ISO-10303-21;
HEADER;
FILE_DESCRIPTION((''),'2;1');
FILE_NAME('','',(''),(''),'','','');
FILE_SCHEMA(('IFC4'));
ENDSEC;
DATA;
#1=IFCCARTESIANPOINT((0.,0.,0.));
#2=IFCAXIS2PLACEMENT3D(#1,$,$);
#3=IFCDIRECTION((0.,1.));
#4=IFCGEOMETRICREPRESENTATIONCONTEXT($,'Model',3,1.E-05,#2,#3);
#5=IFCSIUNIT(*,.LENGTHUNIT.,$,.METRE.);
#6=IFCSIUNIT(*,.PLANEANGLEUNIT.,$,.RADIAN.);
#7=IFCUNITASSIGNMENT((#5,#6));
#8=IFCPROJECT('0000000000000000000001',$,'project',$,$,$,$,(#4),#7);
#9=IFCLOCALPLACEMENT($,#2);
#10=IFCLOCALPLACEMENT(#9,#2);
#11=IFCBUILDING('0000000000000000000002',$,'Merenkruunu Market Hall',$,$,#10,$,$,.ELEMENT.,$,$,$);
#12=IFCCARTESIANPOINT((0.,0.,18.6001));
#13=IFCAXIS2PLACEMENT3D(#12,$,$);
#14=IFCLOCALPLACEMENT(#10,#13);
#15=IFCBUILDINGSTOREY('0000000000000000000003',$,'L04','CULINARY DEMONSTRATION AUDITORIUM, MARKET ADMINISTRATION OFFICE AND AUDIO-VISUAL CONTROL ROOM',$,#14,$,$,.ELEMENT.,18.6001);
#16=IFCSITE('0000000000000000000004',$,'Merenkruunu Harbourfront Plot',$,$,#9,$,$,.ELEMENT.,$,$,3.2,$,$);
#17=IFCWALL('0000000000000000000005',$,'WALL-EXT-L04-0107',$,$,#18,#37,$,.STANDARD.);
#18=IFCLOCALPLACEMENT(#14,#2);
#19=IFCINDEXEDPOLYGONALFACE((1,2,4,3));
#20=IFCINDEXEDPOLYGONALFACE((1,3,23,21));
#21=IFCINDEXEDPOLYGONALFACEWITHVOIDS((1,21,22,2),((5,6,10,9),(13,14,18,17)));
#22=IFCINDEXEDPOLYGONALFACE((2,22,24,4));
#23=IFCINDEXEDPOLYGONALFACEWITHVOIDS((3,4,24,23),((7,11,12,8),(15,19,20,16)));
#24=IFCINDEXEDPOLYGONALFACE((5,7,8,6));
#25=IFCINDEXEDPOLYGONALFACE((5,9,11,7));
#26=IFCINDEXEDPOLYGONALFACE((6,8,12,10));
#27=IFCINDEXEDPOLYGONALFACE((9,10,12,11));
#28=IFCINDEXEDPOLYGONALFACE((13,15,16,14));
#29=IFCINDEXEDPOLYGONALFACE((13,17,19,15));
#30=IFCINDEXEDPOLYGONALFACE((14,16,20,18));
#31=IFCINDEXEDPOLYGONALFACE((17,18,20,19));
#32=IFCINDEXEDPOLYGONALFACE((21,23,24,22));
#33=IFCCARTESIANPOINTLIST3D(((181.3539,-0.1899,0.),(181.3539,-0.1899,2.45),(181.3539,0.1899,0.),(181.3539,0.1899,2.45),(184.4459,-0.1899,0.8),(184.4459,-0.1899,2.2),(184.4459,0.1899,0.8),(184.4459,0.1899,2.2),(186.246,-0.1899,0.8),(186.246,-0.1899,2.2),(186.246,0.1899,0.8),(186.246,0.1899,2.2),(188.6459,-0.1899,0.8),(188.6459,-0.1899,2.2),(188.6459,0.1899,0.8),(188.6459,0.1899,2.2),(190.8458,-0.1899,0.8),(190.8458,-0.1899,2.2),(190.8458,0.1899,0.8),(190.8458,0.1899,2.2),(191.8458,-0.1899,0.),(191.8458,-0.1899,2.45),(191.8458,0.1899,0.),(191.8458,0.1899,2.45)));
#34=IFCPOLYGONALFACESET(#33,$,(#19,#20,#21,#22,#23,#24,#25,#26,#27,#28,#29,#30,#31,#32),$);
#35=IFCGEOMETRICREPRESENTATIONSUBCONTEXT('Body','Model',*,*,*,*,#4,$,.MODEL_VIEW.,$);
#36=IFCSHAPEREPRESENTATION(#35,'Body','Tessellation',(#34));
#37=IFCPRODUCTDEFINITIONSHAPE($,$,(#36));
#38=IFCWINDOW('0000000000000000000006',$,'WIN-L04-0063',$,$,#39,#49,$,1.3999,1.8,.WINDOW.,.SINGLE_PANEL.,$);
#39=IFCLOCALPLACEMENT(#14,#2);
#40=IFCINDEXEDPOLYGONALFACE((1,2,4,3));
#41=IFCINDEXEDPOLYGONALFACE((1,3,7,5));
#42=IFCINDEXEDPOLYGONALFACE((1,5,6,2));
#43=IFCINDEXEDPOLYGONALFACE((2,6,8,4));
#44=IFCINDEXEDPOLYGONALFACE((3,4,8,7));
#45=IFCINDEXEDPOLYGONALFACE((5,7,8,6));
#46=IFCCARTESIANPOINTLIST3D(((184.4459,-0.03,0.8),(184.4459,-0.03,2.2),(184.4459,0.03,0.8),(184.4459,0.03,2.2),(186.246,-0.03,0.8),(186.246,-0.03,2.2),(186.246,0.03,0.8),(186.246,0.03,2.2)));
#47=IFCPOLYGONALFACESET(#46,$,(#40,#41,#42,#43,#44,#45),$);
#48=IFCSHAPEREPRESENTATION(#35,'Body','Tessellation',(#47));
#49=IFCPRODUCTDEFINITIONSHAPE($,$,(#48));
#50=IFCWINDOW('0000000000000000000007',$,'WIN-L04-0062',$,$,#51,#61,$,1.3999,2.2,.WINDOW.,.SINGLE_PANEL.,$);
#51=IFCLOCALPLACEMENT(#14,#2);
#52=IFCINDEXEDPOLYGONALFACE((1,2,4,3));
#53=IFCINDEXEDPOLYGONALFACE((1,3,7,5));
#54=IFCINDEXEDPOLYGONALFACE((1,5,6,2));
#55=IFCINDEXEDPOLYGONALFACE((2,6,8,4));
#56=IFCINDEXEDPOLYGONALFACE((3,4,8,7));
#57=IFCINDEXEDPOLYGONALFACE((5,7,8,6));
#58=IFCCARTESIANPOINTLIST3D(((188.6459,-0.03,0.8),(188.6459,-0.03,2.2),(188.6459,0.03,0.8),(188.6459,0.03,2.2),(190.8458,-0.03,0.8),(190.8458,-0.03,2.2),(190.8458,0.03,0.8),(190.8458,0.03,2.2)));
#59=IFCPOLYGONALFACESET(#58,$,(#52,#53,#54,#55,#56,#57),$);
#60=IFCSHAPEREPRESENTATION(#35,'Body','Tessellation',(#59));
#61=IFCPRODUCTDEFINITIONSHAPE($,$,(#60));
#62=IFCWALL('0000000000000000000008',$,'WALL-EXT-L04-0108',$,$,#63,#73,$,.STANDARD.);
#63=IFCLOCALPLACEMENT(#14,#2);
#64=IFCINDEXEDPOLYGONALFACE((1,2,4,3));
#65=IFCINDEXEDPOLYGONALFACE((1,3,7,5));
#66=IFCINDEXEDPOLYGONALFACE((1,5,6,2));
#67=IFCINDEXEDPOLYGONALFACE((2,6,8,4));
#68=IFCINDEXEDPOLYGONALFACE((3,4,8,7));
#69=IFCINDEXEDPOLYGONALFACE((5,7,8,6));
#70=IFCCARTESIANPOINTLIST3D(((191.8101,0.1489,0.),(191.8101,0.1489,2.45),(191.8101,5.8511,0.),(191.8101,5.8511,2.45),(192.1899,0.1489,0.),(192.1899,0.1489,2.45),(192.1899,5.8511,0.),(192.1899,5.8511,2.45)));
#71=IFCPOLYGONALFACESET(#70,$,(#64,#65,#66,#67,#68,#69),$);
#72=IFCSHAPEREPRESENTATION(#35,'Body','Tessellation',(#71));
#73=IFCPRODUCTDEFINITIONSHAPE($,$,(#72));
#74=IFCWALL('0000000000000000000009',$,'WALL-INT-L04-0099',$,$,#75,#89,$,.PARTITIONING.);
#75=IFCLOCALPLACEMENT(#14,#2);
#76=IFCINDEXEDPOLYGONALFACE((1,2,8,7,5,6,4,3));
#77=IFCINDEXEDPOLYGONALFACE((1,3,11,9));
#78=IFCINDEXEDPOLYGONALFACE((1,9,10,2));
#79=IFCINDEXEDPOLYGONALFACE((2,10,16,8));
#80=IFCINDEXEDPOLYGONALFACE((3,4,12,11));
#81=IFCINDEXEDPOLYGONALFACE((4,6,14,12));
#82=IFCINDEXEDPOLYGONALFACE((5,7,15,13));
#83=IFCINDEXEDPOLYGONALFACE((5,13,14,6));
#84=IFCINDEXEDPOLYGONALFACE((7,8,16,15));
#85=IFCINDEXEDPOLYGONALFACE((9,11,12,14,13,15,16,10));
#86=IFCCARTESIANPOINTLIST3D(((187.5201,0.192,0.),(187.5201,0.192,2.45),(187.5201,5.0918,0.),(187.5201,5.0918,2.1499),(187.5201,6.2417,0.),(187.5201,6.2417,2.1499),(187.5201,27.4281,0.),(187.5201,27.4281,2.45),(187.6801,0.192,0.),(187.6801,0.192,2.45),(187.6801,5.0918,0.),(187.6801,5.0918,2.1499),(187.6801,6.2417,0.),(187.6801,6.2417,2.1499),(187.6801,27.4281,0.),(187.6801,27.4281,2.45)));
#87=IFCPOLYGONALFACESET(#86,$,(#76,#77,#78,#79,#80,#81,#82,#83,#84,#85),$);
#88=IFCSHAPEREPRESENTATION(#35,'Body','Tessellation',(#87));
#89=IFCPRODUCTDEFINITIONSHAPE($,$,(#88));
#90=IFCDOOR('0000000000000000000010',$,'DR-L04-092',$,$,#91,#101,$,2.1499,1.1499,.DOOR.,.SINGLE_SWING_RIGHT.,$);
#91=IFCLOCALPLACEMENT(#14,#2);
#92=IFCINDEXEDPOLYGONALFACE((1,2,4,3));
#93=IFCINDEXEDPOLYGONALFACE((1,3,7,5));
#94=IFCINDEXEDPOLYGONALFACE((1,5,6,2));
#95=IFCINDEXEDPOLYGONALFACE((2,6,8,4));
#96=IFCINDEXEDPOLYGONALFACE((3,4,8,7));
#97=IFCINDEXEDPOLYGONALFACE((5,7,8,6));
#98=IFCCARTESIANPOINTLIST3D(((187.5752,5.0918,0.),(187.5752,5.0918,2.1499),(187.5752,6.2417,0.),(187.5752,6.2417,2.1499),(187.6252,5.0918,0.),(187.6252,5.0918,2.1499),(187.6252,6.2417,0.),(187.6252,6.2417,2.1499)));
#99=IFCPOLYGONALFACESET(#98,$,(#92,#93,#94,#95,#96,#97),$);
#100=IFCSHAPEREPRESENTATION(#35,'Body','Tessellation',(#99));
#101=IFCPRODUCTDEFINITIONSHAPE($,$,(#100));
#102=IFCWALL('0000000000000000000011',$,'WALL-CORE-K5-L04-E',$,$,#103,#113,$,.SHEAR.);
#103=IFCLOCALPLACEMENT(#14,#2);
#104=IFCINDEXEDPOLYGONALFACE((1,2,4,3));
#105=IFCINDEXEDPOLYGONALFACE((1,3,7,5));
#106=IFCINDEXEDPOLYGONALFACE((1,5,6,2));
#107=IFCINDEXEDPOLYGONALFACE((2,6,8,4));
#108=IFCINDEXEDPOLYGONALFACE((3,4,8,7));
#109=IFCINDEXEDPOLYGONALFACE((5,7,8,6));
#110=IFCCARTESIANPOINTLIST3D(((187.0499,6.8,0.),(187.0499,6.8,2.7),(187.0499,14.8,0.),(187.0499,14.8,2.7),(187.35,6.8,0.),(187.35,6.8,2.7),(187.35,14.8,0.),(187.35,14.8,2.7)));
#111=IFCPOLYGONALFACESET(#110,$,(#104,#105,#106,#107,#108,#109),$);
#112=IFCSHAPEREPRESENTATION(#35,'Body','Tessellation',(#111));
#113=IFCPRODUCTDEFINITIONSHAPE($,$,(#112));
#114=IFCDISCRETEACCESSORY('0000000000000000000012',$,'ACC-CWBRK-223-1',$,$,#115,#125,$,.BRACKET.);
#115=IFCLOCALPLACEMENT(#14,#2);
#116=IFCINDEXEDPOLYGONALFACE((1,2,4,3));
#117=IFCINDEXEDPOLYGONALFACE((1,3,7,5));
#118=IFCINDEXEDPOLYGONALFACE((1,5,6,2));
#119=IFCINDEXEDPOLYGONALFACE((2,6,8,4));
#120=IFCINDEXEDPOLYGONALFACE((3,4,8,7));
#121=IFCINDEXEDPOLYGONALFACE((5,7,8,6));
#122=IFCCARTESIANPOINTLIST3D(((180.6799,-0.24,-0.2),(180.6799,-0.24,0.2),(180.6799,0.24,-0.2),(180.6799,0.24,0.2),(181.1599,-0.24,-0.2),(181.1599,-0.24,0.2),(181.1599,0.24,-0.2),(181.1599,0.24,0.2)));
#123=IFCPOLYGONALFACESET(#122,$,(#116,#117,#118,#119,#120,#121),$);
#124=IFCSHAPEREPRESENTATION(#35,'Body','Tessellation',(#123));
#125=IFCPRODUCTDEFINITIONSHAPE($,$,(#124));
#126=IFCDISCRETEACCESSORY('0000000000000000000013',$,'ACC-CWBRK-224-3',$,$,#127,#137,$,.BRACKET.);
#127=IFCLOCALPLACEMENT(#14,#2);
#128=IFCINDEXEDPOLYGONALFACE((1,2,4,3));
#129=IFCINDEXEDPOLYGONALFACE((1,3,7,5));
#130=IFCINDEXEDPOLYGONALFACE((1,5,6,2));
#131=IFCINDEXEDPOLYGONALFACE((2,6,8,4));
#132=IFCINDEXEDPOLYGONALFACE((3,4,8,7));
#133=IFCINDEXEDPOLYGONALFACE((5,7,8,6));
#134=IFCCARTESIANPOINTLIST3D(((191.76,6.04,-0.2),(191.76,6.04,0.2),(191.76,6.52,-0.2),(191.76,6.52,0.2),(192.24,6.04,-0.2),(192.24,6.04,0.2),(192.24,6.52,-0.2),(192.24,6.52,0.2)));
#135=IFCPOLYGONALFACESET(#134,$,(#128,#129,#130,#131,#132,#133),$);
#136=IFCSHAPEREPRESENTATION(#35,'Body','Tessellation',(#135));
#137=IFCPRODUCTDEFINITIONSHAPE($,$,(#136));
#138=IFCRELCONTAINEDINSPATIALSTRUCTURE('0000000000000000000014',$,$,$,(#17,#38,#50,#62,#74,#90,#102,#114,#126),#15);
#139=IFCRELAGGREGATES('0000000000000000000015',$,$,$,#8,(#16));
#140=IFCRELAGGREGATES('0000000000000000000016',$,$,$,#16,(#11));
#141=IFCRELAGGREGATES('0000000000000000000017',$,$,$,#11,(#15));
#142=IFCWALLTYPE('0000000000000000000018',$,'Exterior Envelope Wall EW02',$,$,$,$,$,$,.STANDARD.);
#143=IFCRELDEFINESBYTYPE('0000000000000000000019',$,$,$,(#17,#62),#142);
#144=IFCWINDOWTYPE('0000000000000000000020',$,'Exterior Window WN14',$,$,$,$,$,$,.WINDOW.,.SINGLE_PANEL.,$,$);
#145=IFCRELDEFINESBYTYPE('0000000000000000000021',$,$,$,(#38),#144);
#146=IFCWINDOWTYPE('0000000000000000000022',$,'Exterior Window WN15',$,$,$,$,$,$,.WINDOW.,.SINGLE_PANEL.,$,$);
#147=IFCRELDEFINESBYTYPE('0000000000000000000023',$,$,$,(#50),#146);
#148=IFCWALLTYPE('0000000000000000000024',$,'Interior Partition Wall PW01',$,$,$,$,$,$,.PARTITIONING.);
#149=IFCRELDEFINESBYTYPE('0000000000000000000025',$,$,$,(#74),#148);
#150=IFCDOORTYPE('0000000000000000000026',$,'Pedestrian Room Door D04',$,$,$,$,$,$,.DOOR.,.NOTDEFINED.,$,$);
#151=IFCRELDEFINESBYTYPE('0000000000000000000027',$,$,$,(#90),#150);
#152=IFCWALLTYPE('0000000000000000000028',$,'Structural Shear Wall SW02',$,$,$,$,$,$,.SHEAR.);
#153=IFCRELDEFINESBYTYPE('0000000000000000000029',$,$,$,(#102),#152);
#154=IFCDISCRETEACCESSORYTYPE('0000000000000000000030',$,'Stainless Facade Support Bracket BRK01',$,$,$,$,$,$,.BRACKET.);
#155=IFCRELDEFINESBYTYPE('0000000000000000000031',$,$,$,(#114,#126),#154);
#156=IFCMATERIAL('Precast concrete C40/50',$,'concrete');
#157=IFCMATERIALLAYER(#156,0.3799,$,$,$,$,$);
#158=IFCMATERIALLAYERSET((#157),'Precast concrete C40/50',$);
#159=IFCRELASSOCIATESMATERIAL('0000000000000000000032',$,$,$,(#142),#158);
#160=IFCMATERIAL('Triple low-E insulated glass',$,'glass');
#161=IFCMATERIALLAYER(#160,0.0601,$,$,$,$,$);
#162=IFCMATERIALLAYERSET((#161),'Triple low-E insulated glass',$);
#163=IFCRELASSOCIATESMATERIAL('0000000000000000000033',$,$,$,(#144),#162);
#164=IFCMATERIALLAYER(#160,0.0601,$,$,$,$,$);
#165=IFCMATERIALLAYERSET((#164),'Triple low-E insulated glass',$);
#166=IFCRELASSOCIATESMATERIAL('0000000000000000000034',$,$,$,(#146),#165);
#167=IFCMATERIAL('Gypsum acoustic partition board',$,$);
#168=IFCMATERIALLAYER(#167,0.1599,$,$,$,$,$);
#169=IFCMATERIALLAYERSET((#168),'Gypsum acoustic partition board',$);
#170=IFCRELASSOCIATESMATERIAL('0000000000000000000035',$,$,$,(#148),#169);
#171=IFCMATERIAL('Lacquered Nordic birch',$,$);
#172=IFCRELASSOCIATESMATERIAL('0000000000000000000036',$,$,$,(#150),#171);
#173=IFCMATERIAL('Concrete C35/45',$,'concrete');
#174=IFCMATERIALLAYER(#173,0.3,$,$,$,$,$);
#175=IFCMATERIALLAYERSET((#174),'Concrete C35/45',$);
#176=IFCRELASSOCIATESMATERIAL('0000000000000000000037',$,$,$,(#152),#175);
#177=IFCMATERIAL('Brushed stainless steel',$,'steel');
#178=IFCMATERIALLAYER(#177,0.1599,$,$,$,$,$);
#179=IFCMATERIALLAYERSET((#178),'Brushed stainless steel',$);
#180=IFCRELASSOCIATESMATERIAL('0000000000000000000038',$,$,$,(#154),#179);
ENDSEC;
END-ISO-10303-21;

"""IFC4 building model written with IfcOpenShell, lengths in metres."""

from ifc_helpers import new_model, si_unit, direction, frame, frame_2d, origin, origin_2d, place, context, subcontext, project, spatial, rectangle, extrude, material, layer, layer_set, type_object, element, fill, save


model = new_model("IFC4")

# Units and contexts
model_context = context("Model", 3, precision=1e-05, world=origin(), true_north=direction((0.0, 1.0)))
body_context = subcontext(model_context, "Body", "Model", "MODEL_VIEW")
ifc_project = project(units=[si_unit("LENGTHUNIT", "METRE"), si_unit("PLANEANGLEUNIT", "RADIAN")], contexts=[model_context])

# Site, building, storey
site_placement = place(None, origin())
site = spatial("IfcSite", under=ifc_project, at=site_placement, Name="Merenkruunu Harbourfront Plot", CompositionType="ELEMENT", RefElevation=3.2)
building_placement = place(site_placement, origin())
building = spatial("IfcBuilding", under=site, at=building_placement, Name="Merenkruunu Market Hall", CompositionType="ELEMENT")
storey_placement = place(building_placement, frame((0.0, 0.0, 18.6001)))
storey = spatial("IfcBuildingStorey", under=building, at=storey_placement, Name="L04", Description="CULINARY DEMONSTRATION AUDITORIUM, MARKET ADMINISTRATION OFFICE AND AUDIO-VISUAL CONTROL ROOM", CompositionType="ELEMENT", Elevation=18.6001)

# Wall, openings, windows
ifc_material_1 = material(Name="Precast concrete C40/50", Category="concrete")
ifc_layer_1 = layer(ifc_material_1, 0.3799)
ifc_layer_set_1 = layer_set([ifc_layer_1], Name="Precast concrete C40/50")
wall_type_1 = type_object("IfcWallType", Name="Exterior Envelope Wall EW02", PredefinedType="STANDARD", material=ifc_layer_set_1)
wall_1_placement = place(storey_placement, frame((191.8459, 0.0, 0.0), z_axis=(0.0, 0.0, 1.0), x_axis=(-1.0, 0.0, 0.0)))
wall_1 = element("IfcWall", 1, at=wall_1_placement, inside=storey, type_object=wall_type_1, Name="WALL-EXT-L04-0107", PredefinedType="STANDARD", context=body_context, shape_type="SweptSolid", body=[
    extrude(rectangle(XDim=10.4919, YDim=0.3799, at=frame_2d((5.2461, 0.0))), origin(), (0.0, 0.0, 1.0), 2.45),
])
opening_1_placement = place(wall_1_placement, frame((1.0, 0.0, 0.8)))
opening_1 = element("IfcOpeningElement", 2, at=opening_1_placement, cuts=wall_1, PredefinedType="OPENING", context=body_context, shape_type="SweptSolid", body=[
    extrude(rectangle(XDim=2.2, YDim=1.3999, at=frame_2d((1.1001, 0.7))), frame((0.0, 0.2, 0.0), z_axis=(0.0, -1.0, 0.0), x_axis=(1.0, 0.0, 0.0)), (0.0, 0.0, 1.0), 0.3999),
])
opening_2_placement = place(wall_1_placement, frame((5.6001, 0.0, 0.8)))
opening_2 = element("IfcOpeningElement", 3, at=opening_2_placement, cuts=wall_1, PredefinedType="OPENING", context=body_context, shape_type="SweptSolid", body=[
    extrude(rectangle(XDim=1.8, YDim=1.3999, at=frame_2d((0.8999, 0.7))), frame((0.0, 0.2, 0.0), z_axis=(0.0, -1.0, 0.0), x_axis=(1.0, 0.0, 0.0)), (0.0, 0.0, 1.0), 0.3999),
])
ifc_material_2 = material(Name="Triple low-E insulated glass", Category="glass")
ifc_layer_2 = layer(ifc_material_2, 0.0601)
ifc_layer_set_2 = layer_set([ifc_layer_2], Name="Triple low-E insulated glass")
window_type_1 = type_object("IfcWindowType", Name="Exterior Window WN14", PartitioningType="SINGLE_PANEL", PredefinedType="WINDOW", material=ifc_layer_set_2)
window_1_placement = place(opening_2_placement, origin())
window_1 = element("IfcWindow", 4, at=window_1_placement, inside=storey, type_object=window_type_1, Name="WIN-L04-0063", OverallHeight=1.3999, OverallWidth=1.8, PartitioningType="SINGLE_PANEL", PredefinedType="WINDOW", context=body_context, shape_type="SweptSolid", body=[
    extrude(rectangle(XDim=1.8, YDim=1.3999, at=frame_2d((0.8999, 0.7))), frame((0.0, 0.03, 0.0), z_axis=(0.0, -1.0, 0.0), x_axis=(1.0, 0.0, 0.0)), (0.0, 0.0, 1.0), 0.0601),
])
fill(opening_2, window_1)
ifc_layer_3 = layer(ifc_material_2, 0.0601)
ifc_layer_set_3 = layer_set([ifc_layer_3], Name="Triple low-E insulated glass")
window_type_2 = type_object("IfcWindowType", Name="Exterior Window WN15", PartitioningType="SINGLE_PANEL", PredefinedType="WINDOW", material=ifc_layer_set_3)
window_2_placement = place(opening_1_placement, origin())
window_2 = element("IfcWindow", 5, at=window_2_placement, inside=storey, type_object=window_type_2, Name="WIN-L04-0062", OverallHeight=1.3999, OverallWidth=2.2, PartitioningType="SINGLE_PANEL", PredefinedType="WINDOW", context=body_context, shape_type="SweptSolid", body=[
    extrude(rectangle(XDim=2.2, YDim=1.3999, at=frame_2d((1.1001, 0.7))), frame((0.0, 0.03, 0.0), z_axis=(0.0, -1.0, 0.0), x_axis=(1.0, 0.0, 0.0)), (0.0, 0.0, 1.0), 0.0601),
])
fill(opening_1, window_2)

# Wall
wall_2_placement = place(storey_placement, frame((192.0, 5.8511, 0.0), z_axis=(0.0, 0.0, 1.0), x_axis=(0.0, -1.0, 0.0)))
element("IfcWall", 6, at=wall_2_placement, inside=storey, type_object=wall_type_1, Name="WALL-EXT-L04-0108", PredefinedType="STANDARD", context=body_context, shape_type="SweptSolid", body=[
    extrude(rectangle(XDim=5.7021, YDim=0.3799, at=frame_2d((2.8511, 0.0))), origin(), (0.0, 0.0, 1.0), 2.45),
])

# Wall, opening, door
ifc_material_3 = material(Name="Gypsum acoustic partition board")
ifc_layer_4 = layer(ifc_material_3, 0.1599)
ifc_layer_set_4 = layer_set([ifc_layer_4], Name="Gypsum acoustic partition board")
wall_type_2 = type_object("IfcWallType", Name="Interior Partition Wall PW01", PredefinedType="PARTITIONING", material=ifc_layer_set_4)
wall_3_placement = place(storey_placement, frame((187.6001, 0.1919, 0.0), z_axis=(0.0, 0.0, 1.0), x_axis=(0.0, 1.0, 0.0)))
wall_3 = element("IfcWall", 7, at=wall_3_placement, inside=storey, type_object=wall_type_2, Name="WALL-INT-L04-0099", PredefinedType="PARTITIONING", context=body_context, shape_type="SweptSolid", body=[
    extrude(rectangle(XDim=27.2361, YDim=0.1599, at=frame_2d((13.6182, 0.0))), origin(), (0.0, 0.0, 1.0), 2.45),
])
opening_3_placement = place(wall_3_placement, frame((4.8999, 0.0, 0.0)))
opening_3 = element("IfcOpeningElement", 8, at=opening_3_placement, cuts=wall_3, PredefinedType="OPENING", context=body_context, shape_type="SweptSolid", body=[
    extrude(rectangle(XDim=1.1499, YDim=2.1499, at=frame_2d((0.575, 1.075))), frame((0.0, 0.0898, 0.0), z_axis=(0.0, -1.0, 0.0), x_axis=(1.0, 0.0, 0.0)), (0.0, 0.0, 1.0), 0.1799),
])
ifc_material_4 = material(Name="Lacquered Nordic birch")
door_type_1 = type_object("IfcDoorType", Name="Pedestrian Room Door D04", OperationType="NOTDEFINED", PredefinedType="DOOR", material=ifc_material_4)
door_1_placement = place(opening_3_placement, origin())
door_1 = element("IfcDoor", 9, at=door_1_placement, inside=storey, type_object=door_type_1, Name="DR-L04-092", OperationType="SINGLE_SWING_RIGHT", OverallHeight=2.1499, OverallWidth=1.1499, PredefinedType="DOOR", context=body_context, shape_type="SweptSolid", body=[
    extrude(rectangle(XDim=1.1499, YDim=2.1499, at=frame_2d((0.575, 1.075))), frame((0.0, 0.0249, 0.0), z_axis=(0.0, -1.0, 0.0), x_axis=(1.0, 0.0, 0.0)), (0.0, 0.0, 1.0), 0.05),
])
fill(opening_3, door_1)
ifc_material_5 = material(Name="Concrete C35/45", Category="concrete")
ifc_layer_5 = layer(ifc_material_5, 0.3)
ifc_layer_set_5 = layer_set([ifc_layer_5], Name="Concrete C35/45")
wall_type_3 = type_object("IfcWallType", Name="Structural Shear Wall SW02", PredefinedType="SHEAR", material=ifc_layer_set_5)

# Wall
wall_4_placement = place(storey_placement, frame((187.2, 6.8, 0.0), z_axis=(0.0, 0.0, 1.0), x_axis=(0.0, 1.0, 0.0)))
element("IfcWall", 10, at=wall_4_placement, inside=storey, type_object=wall_type_3, Name="WALL-CORE-K5-L04-E", PredefinedType="SHEAR", context=body_context, shape_type="SweptSolid", body=[
    extrude(rectangle(XDim=8.0, YDim=0.3, at=frame_2d((4.0, 0.0))), origin(), (0.0, 0.0, 1.0), 2.7),
])

# Shared definitions
ifc_material_6 = material(Name="Brushed stainless steel", Category="steel")

# Discrete accessories
ifc_layer_6 = layer(ifc_material_6, 0.1599)
ifc_layer_set_6 = layer_set([ifc_layer_6], Name="Brushed stainless steel")
discrete_accessory_type = type_object("IfcDiscreteAccessoryType", Name="Stainless Facade Support Bracket BRK01", PredefinedType="BRACKET", material=ifc_layer_set_6)
for number, where, z_axis, x_axis, name in (
    (11, (180.9199, 0.0, -0.2), (0.0, 0.0, 1.0), (1.0, 0.0, 0.0), "ACC-CWBRK-223-1"),
    (12, (192.0, 6.28, -0.2), (0.0, 0.0, 1.0), (1.0, 0.0, 0.0), "ACC-CWBRK-224-3"),
):
    element("IfcDiscreteAccessory", number, at=place(storey_placement, frame(where, z_axis=z_axis, x_axis=x_axis)), inside=storey, type_object=discrete_accessory_type, Name=name, PredefinedType="BRACKET", context=body_context, shape_type="SweptSolid", body=[
        extrude(rectangle(XDim=0.48, YDim=0.48, at=origin_2d()), origin(), (0.0, 0.0, 1.0), 0.3999),
    ])

save(model, "model.ifc")
